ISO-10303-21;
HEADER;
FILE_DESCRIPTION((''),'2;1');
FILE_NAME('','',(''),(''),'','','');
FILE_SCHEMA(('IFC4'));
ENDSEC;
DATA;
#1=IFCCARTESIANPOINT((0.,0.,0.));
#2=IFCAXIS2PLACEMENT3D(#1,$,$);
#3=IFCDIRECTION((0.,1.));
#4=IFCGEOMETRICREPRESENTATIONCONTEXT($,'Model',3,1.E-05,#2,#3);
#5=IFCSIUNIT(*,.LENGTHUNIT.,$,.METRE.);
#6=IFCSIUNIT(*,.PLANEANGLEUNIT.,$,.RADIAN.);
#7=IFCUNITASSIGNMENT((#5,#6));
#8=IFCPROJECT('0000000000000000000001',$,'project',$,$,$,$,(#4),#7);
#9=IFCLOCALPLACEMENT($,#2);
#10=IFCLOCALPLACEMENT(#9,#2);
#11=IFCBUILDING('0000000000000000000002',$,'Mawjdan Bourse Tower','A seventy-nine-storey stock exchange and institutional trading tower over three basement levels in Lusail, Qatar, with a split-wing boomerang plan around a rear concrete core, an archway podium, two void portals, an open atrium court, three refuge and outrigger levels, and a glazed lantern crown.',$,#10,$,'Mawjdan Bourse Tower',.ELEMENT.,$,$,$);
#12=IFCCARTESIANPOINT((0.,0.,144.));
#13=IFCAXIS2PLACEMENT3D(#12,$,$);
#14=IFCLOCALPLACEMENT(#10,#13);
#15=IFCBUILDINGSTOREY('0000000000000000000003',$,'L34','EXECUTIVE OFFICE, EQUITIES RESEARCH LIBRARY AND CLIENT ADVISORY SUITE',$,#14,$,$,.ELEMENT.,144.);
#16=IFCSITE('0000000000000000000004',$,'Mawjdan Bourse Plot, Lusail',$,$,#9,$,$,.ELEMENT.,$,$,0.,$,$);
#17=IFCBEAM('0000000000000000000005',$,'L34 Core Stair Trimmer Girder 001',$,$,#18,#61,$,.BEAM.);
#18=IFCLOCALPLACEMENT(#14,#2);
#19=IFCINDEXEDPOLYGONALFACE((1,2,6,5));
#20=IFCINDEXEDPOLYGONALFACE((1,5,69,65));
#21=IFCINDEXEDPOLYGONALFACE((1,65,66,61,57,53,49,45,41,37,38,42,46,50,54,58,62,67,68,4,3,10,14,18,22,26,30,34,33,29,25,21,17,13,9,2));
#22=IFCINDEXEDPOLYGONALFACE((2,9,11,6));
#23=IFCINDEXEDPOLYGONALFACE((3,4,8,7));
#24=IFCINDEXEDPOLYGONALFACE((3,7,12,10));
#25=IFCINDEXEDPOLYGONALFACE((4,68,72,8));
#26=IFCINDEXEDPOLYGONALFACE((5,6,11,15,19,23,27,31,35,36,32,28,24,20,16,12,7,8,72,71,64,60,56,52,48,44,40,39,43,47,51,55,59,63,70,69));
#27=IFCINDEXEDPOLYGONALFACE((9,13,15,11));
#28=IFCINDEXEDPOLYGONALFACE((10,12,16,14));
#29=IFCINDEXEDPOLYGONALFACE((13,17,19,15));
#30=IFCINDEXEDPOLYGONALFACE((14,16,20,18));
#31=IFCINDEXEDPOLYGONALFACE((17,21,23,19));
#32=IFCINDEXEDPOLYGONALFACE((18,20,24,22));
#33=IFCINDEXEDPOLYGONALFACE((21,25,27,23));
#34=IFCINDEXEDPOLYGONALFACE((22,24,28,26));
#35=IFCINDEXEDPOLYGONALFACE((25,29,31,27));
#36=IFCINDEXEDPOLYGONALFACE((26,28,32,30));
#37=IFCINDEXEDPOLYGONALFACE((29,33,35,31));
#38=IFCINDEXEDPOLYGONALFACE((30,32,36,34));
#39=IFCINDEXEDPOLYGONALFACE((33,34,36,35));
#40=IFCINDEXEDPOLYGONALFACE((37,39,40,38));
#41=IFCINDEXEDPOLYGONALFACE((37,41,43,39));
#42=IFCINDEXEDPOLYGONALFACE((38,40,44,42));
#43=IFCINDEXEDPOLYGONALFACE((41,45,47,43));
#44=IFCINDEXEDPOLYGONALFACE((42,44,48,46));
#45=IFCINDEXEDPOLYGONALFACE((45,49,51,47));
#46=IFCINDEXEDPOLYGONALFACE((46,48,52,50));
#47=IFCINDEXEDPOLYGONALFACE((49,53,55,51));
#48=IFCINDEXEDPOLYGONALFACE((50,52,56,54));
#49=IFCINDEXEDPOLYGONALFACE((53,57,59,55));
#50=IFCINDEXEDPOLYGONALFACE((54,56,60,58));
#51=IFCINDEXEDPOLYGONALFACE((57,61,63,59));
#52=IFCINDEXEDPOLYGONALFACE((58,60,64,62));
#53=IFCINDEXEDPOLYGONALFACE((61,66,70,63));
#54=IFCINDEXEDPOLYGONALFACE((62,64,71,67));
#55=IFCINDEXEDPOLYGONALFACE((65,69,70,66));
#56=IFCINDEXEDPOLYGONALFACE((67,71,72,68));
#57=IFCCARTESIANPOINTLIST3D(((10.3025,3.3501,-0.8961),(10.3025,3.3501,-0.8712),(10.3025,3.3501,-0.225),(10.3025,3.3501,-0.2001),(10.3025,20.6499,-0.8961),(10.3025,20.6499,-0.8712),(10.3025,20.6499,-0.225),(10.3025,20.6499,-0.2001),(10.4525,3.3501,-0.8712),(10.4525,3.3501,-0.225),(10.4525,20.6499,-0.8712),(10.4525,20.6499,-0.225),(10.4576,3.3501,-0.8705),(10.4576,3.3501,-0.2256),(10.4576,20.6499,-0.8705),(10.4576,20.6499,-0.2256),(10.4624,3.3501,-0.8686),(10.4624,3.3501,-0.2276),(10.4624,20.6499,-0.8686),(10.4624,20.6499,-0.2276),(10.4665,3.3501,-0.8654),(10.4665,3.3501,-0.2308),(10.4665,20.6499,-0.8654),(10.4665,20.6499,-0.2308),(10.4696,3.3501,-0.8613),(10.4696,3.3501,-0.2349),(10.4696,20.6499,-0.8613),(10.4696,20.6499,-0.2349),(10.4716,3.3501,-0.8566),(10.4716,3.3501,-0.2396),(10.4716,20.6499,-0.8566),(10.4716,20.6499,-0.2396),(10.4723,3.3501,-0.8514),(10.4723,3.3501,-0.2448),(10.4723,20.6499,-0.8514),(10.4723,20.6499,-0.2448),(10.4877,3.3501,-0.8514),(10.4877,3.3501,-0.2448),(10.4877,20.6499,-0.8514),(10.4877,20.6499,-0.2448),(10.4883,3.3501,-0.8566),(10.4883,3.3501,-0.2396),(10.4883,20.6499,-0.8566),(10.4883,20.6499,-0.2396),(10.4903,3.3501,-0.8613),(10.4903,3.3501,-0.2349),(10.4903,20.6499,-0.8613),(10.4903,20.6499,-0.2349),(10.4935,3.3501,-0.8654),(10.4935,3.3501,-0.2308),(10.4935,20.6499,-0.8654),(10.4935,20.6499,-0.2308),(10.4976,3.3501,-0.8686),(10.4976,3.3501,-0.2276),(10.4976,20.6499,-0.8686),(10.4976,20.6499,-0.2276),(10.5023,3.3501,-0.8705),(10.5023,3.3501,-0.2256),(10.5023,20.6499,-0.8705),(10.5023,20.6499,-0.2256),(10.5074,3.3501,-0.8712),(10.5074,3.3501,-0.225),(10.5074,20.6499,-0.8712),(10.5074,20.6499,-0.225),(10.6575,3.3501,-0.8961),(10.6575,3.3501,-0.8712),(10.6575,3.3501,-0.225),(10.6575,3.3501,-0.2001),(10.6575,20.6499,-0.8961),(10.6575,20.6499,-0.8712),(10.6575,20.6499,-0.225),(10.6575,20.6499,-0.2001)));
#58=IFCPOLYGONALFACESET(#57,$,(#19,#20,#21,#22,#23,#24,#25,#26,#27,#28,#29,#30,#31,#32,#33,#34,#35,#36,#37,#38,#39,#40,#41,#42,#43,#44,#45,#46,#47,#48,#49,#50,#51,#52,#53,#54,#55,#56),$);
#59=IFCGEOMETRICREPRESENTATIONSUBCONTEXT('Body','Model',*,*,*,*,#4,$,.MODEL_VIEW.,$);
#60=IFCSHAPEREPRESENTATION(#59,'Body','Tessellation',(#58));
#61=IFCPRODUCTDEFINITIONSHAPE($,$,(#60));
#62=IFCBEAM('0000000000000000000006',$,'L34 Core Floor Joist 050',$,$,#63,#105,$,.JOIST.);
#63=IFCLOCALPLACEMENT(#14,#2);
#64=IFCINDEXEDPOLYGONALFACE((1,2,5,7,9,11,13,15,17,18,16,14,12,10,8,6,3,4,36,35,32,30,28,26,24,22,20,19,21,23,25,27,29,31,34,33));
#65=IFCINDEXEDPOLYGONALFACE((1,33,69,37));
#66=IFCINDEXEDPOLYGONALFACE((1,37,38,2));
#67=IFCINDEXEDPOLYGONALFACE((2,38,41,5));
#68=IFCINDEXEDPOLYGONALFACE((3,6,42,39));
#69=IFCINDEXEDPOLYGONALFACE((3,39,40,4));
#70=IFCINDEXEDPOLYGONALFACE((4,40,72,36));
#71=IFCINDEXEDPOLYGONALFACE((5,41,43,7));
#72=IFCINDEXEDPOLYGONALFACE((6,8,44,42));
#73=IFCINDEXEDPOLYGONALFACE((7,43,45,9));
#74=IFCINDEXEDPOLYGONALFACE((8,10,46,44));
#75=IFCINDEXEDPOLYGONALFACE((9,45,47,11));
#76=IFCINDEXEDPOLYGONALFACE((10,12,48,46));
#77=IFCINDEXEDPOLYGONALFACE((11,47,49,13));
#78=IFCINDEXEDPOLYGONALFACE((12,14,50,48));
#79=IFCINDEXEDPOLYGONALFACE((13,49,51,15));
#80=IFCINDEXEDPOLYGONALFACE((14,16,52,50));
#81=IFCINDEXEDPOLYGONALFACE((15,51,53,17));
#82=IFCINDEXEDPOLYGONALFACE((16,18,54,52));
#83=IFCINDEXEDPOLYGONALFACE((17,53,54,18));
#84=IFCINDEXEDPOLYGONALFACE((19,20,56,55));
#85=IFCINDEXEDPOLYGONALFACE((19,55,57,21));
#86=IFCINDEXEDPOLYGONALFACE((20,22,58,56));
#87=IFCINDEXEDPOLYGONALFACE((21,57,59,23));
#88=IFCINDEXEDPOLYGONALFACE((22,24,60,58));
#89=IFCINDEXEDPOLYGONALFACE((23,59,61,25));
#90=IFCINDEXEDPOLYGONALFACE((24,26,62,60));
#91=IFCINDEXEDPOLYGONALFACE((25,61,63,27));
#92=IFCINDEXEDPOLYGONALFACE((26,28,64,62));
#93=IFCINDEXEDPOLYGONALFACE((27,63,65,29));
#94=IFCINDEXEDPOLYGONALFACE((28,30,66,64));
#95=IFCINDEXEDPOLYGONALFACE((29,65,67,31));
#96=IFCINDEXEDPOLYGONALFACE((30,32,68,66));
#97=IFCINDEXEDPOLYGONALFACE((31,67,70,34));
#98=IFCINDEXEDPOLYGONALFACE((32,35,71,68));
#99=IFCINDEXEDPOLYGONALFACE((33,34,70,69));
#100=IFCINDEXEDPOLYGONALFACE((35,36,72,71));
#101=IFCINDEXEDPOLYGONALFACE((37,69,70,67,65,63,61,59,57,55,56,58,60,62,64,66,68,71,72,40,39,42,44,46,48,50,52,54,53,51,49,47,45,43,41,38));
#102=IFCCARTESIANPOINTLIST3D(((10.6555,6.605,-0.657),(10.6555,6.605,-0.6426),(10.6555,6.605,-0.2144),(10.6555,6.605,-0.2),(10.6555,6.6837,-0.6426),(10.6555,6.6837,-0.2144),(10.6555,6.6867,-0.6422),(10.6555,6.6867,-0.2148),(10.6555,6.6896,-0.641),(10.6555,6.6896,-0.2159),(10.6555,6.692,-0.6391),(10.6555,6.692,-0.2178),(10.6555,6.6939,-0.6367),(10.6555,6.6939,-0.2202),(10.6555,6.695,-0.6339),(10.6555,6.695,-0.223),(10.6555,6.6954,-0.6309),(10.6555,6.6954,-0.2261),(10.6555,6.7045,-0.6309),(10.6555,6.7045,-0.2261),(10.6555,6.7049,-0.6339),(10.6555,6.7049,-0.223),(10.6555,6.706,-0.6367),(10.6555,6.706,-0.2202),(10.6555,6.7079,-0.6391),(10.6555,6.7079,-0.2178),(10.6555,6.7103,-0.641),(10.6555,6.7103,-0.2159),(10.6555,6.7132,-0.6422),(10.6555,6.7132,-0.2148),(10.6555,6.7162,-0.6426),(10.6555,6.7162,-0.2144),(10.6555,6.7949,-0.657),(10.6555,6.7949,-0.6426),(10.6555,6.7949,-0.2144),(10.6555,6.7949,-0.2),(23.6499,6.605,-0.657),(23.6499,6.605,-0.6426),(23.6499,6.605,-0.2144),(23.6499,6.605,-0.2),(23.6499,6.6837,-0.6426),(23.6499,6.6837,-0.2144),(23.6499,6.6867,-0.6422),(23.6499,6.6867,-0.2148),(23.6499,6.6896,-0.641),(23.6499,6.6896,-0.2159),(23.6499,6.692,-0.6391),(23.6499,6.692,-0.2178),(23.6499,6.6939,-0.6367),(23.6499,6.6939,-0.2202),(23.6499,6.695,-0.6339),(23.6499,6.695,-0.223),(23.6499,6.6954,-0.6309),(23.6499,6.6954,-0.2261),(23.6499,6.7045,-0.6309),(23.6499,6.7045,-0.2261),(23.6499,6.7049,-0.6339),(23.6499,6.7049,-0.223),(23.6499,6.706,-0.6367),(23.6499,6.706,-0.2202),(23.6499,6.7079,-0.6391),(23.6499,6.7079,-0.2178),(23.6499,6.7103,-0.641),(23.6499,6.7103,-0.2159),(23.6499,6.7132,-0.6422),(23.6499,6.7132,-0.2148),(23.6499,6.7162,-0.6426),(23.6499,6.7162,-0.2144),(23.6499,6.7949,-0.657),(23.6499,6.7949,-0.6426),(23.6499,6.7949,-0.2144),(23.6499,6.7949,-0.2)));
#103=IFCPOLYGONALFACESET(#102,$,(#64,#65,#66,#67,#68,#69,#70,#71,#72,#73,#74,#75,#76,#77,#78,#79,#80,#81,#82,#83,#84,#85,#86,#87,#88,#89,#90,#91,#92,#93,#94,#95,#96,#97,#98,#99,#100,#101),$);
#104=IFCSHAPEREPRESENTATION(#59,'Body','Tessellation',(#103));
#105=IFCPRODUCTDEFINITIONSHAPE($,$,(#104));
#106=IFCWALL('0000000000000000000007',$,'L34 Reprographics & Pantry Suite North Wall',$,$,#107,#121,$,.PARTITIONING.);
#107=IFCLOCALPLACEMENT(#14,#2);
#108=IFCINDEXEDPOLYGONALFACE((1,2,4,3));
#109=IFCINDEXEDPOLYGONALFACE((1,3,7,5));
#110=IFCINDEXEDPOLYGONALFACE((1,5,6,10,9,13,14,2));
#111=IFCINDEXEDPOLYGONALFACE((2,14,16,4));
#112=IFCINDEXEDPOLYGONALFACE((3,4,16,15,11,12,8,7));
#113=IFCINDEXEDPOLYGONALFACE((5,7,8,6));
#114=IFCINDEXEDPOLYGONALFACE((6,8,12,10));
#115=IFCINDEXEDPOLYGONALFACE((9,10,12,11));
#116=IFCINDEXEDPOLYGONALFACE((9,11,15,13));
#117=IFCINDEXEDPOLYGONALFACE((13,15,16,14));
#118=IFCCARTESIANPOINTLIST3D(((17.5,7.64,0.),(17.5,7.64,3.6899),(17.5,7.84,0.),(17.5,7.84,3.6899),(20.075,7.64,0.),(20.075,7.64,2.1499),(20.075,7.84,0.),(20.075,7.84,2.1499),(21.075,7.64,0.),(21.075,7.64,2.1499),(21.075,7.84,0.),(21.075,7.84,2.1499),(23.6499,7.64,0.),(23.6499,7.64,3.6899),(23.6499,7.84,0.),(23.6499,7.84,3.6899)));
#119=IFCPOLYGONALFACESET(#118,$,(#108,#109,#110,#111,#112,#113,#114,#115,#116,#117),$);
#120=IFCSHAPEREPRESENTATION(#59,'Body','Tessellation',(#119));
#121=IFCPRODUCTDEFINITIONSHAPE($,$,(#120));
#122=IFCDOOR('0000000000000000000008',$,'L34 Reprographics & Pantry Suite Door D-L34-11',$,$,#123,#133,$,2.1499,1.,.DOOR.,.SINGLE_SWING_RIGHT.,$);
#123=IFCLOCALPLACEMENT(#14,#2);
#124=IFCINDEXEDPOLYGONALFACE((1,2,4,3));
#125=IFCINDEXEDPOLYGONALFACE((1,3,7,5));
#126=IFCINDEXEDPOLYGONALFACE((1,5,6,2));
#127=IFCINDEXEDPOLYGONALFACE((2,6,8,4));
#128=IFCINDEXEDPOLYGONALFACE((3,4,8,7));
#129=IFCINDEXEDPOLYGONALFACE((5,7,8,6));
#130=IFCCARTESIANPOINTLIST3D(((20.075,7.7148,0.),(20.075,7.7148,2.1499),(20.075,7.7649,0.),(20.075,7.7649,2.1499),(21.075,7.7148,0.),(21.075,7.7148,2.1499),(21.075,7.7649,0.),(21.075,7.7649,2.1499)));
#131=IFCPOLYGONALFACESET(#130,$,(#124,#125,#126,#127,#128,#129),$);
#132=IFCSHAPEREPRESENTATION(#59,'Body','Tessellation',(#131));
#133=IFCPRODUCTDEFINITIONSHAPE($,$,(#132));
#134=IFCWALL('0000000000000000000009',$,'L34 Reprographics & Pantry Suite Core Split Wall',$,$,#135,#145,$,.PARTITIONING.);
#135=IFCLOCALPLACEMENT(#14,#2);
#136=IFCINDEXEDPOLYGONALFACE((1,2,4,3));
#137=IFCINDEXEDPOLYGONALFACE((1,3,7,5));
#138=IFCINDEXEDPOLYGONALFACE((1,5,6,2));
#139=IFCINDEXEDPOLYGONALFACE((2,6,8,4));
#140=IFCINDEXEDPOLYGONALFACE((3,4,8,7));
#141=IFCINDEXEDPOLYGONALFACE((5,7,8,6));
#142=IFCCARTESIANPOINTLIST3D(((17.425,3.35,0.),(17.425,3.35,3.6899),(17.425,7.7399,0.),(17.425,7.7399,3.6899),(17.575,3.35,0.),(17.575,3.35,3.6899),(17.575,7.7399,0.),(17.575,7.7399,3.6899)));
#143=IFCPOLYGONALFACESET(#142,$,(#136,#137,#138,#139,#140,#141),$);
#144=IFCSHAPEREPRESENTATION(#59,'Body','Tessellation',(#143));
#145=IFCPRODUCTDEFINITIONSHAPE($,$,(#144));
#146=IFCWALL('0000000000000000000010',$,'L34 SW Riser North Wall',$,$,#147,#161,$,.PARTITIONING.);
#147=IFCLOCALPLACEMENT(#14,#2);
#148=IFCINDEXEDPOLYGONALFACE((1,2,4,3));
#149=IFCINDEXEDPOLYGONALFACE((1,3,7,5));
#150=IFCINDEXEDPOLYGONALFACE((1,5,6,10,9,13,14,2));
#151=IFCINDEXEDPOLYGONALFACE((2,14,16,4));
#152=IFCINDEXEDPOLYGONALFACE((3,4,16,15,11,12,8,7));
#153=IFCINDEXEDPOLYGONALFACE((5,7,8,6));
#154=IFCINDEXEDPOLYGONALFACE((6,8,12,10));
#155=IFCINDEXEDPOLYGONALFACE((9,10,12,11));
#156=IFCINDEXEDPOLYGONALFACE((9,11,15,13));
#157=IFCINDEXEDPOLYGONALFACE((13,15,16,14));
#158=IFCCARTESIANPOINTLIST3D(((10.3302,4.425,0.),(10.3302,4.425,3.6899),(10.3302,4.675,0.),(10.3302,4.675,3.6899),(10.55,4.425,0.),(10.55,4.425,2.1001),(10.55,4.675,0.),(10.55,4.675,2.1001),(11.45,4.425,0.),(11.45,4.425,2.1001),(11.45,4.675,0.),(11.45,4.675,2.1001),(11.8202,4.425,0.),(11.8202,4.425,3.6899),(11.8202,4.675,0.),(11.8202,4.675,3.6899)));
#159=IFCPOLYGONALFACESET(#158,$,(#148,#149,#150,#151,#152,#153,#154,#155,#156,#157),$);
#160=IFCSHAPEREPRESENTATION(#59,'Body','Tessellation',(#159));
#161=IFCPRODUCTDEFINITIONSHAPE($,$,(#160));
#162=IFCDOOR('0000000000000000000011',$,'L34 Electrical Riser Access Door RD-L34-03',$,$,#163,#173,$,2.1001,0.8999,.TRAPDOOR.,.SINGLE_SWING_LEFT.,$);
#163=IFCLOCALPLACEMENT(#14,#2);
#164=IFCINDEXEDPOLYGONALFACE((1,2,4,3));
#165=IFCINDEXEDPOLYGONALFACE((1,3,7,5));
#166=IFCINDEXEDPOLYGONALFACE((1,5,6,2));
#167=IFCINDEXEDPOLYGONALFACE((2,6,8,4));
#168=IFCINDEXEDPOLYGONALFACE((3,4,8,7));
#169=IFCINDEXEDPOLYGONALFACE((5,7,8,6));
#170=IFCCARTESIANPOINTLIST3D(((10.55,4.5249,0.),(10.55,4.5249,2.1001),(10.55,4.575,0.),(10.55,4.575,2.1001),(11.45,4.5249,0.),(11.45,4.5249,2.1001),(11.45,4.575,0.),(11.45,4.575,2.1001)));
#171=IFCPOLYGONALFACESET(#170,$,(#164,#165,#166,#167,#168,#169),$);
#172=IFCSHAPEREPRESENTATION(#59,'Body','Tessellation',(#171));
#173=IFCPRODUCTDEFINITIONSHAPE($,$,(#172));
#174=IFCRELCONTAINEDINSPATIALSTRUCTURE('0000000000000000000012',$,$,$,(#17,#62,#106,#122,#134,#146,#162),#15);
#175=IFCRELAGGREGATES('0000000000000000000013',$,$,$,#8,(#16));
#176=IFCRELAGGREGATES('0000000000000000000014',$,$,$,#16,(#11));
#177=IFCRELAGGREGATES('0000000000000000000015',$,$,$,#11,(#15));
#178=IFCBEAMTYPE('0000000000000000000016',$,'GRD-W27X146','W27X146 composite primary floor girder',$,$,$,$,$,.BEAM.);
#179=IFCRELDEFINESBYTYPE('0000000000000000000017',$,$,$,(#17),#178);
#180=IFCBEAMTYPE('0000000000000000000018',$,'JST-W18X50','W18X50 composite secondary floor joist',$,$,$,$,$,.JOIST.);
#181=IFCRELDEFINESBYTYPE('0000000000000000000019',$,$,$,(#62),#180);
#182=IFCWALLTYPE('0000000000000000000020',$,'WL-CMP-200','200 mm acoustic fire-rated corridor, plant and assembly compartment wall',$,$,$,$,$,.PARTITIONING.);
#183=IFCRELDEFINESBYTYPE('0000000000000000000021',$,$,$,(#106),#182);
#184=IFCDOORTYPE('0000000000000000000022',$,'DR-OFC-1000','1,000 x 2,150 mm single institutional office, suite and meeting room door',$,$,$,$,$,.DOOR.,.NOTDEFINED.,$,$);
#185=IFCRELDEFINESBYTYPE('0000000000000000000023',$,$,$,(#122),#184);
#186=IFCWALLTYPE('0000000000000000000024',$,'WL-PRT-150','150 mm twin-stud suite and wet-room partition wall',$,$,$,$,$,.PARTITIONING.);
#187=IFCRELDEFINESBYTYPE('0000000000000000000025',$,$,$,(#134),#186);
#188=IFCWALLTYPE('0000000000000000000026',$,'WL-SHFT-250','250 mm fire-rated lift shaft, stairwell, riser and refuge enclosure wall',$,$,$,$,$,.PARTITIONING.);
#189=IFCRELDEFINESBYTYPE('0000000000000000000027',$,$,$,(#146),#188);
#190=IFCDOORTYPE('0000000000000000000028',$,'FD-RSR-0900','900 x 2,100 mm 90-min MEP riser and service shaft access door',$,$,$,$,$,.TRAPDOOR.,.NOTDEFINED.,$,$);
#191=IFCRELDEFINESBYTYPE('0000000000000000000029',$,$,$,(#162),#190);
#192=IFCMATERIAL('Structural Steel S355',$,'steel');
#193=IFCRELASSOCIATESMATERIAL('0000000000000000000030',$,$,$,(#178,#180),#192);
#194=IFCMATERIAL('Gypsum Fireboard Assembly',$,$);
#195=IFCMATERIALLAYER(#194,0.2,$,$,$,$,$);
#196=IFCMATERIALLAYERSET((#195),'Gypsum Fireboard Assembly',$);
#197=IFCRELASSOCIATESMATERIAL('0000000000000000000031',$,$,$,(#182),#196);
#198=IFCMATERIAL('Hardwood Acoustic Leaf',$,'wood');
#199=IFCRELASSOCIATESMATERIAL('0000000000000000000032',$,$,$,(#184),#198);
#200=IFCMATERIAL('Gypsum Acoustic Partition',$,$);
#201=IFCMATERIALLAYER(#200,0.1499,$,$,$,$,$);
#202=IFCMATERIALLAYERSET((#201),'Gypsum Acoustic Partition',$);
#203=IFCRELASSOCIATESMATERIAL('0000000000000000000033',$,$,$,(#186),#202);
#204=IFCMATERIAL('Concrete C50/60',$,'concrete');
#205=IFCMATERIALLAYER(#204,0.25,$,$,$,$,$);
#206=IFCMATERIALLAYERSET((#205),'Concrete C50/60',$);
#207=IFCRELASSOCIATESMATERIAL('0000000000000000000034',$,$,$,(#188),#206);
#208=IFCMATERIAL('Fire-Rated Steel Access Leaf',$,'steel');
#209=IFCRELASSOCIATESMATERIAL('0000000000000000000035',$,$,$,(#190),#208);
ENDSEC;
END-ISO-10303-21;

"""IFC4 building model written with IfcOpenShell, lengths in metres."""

from ifc_helpers import new_model, si_unit, direction, frame, frame_2d, origin, origin_2d, place, context, subcontext, project, spatial, rectangle, i_section, extrude, material, layer, layer_set, material_profile, profile_set, type_object, element, fill, save


model = new_model("IFC4")

# Units and contexts
model_context = context("Model", 3, precision=1e-05, world=origin(), true_north=direction((0.0, 1.0)))
body_context = subcontext(model_context, "Body", "Model", "MODEL_VIEW")
ifc_project = project(units=[si_unit("LENGTHUNIT", "METRE"), si_unit("PLANEANGLEUNIT", "RADIAN")], contexts=[model_context])

# Site, building, storey
site_placement = place(None, origin())
site = spatial("IfcSite", under=ifc_project, at=site_placement, Name="Mawjdan Bourse Plot, Lusail", CompositionType="ELEMENT", RefElevation=0.0)
building_placement = place(site_placement, origin())
building = spatial("IfcBuilding", under=site, at=building_placement, Name="Mawjdan Bourse Tower", Description="A seventy-nine-storey stock exchange and institutional trading tower over three basement levels in Lusail, Qatar, with a split-wing boomerang plan around a rear concrete core, an archway podium, two void portals, an open atrium court, three refuge and outrigger levels, and a glazed lantern crown.", LongName="Mawjdan Bourse Tower", CompositionType="ELEMENT")
storey_placement = place(building_placement, frame((0.0, 0.0, 144.0)))
storey = spatial("IfcBuildingStorey", under=building, at=storey_placement, Name="L34", Description="EXECUTIVE OFFICE, EQUITIES RESEARCH LIBRARY AND CLIENT ADVISORY SUITE", CompositionType="ELEMENT", Elevation=144.0)

# Beams
ifc_material_1 = material(Name="Structural Steel S355", Category="steel")
ifc_material_profile_1 = material_profile(ifc_material_1, i_section(OverallWidth=0.355, OverallDepth=0.696, WebThickness=0.0154, FlangeThickness=0.0249, FilletRadius=0.0198, at=origin_2d()), Name="W27X146")
ifc_profile_set_1 = profile_set([ifc_material_profile_1], Name="Structural Steel S355")
beam_type_1 = type_object("IfcBeamType", Name="GRD-W27X146", Description="W27X146 composite primary floor girder", PredefinedType="BEAM", material=ifc_profile_set_1)
beam_1_placement = place(storey_placement, frame((10.48, 3.3501, -0.5481), z_axis=(0.0, 1.0, 0.0), x_axis=(-1.0, 0.0, 0.0)))
element("IfcBeam", 1, at=beam_1_placement, inside=storey, type_object=beam_type_1, Name="L34 Core Stair Trimmer Girder 001", PredefinedType="BEAM", context=body_context, shape_type="SweptSolid", body=[
    extrude(i_section(OverallWidth=0.355, OverallDepth=0.696, WebThickness=0.0154, FlangeThickness=0.0249, FilletRadius=0.0198, at=origin_2d()), origin(), (0.0, 0.0, 1.0), 17.2998),
])
ifc_material_profile_2 = material_profile(ifc_material_1, i_section(OverallWidth=0.1899, OverallDepth=0.457, WebThickness=0.009, FlangeThickness=0.0144, FilletRadius=0.0117, at=origin_2d()), Name="W18X50")
ifc_profile_set_2 = profile_set([ifc_material_profile_2], Name="Structural Steel S355")
beam_type_2 = type_object("IfcBeamType", Name="JST-W18X50", Description="W18X50 composite secondary floor joist", PredefinedType="JOIST", material=ifc_profile_set_2)
beam_2_placement = place(storey_placement, frame((10.6555, 6.7, -0.4285), z_axis=(1.0, 0.0, 0.0), x_axis=(0.0, 1.0, 0.0)))
element("IfcBeam", 2, at=beam_2_placement, inside=storey, type_object=beam_type_2, Name="L34 Core Floor Joist 050", PredefinedType="JOIST", context=body_context, shape_type="SweptSolid", body=[
    extrude(i_section(OverallWidth=0.1899, OverallDepth=0.457, WebThickness=0.009, FlangeThickness=0.0144, FilletRadius=0.0117, at=origin_2d()), origin(), (0.0, 0.0, 1.0), 12.9944),
])

# Wall, opening, door
ifc_material_2 = material(Name="Gypsum Fireboard Assembly")
ifc_layer_1 = layer(ifc_material_2, 0.2)
ifc_layer_set_1 = layer_set([ifc_layer_1], Name="Gypsum Fireboard Assembly")
wall_type_1 = type_object("IfcWallType", Name="WL-CMP-200", Description="200 mm acoustic fire-rated corridor, plant and assembly compartment wall", PredefinedType="PARTITIONING", material=ifc_layer_set_1)
ifc_material_3 = material(Name="Hardwood Acoustic Leaf", Category="wood")
door_type_1 = type_object("IfcDoorType", Name="DR-OFC-1000", Description="1,000 x 2,150 mm single institutional office, suite and meeting room door", OperationType="NOTDEFINED", PredefinedType="DOOR", material=ifc_material_3)
wall_1_placement = place(storey_placement, frame((17.5, 7.74, 0.0), z_axis=(0.0, 0.0, 1.0), x_axis=(1.0, 0.0, 0.0)))
wall_1 = element("IfcWall", 3, at=wall_1_placement, inside=storey, type_object=wall_type_1, Name="L34 Reprographics & Pantry Suite North Wall", PredefinedType="PARTITIONING", context=body_context, shape_type="SweptSolid", body=[
    extrude(rectangle(XDim=6.1499, YDim=0.2, at=frame_2d((3.075, 0.0))), origin(), (0.0, 0.0, 1.0), 3.6899),
])
opening_1_placement = place(wall_1_placement, frame((2.575, 0.0, 0.0)))
opening_1 = element("IfcOpeningElement", 4, at=opening_1_placement, cuts=wall_1, PredefinedType="OPENING", context=body_context, shape_type="SweptSolid", body=[
    extrude(rectangle(XDim=1.0, YDim=2.1499, at=frame_2d((0.5, 1.075))), frame((0.0, 0.1099, 0.0), z_axis=(0.0, -1.0, 0.0), x_axis=(1.0, 0.0, 0.0)), (0.0, 0.0, 1.0), 0.22),
])
door_1_placement = place(opening_1_placement, origin())
door_1 = element("IfcDoor", 5, at=door_1_placement, inside=storey, type_object=door_type_1, Name="L34 Reprographics & Pantry Suite Door D-L34-11", OperationType="SINGLE_SWING_RIGHT", OverallHeight=2.1499, OverallWidth=1.0, PredefinedType="DOOR", context=body_context, shape_type="SweptSolid", body=[
    extrude(rectangle(XDim=1.0, YDim=2.1499, at=frame_2d((0.5, 1.075))), frame((0.0, 0.0249, 0.0), z_axis=(0.0, -1.0, 0.0), x_axis=(1.0, 0.0, 0.0)), (0.0, 0.0, 1.0), 0.05),
])
fill(opening_1, door_1)

# Wall
ifc_material_4 = material(Name="Gypsum Acoustic Partition")
ifc_layer_2 = layer(ifc_material_4, 0.1499)
ifc_layer_set_2 = layer_set([ifc_layer_2], Name="Gypsum Acoustic Partition")
wall_type_2 = type_object("IfcWallType", Name="WL-PRT-150", Description="150 mm twin-stud suite and wet-room partition wall", PredefinedType="PARTITIONING", material=ifc_layer_set_2)
wall_2_placement = place(storey_placement, frame((17.5, 3.3501, 0.0), z_axis=(0.0, 0.0, 1.0), x_axis=(0.0, 1.0, 0.0)))
element("IfcWall", 6, at=wall_2_placement, inside=storey, type_object=wall_type_2, Name="L34 Reprographics & Pantry Suite Core Split Wall", PredefinedType="PARTITIONING", context=body_context, shape_type="SweptSolid", body=[
    extrude(rectangle(XDim=4.3899, YDim=0.1499, at=frame_2d((2.1948, 0.0))), origin(), (0.0, 0.0, 1.0), 3.6899),
])

# Wall, opening, door
ifc_material_5 = material(Name="Concrete C50/60", Category="concrete")
ifc_layer_3 = layer(ifc_material_5, 0.25)
ifc_layer_set_3 = layer_set([ifc_layer_3], Name="Concrete C50/60")
wall_type_3 = type_object("IfcWallType", Name="WL-SHFT-250", Description="250 mm fire-rated lift shaft, stairwell, riser and refuge enclosure wall", PredefinedType="PARTITIONING", material=ifc_layer_set_3)
wall_3_placement = place(storey_placement, frame((10.3301, 4.55, 0.0), z_axis=(0.0, 0.0, 1.0), x_axis=(1.0, 0.0, 0.0)))
wall_3 = element("IfcWall", 7, at=wall_3_placement, inside=storey, type_object=wall_type_3, Name="L34 SW Riser North Wall", PredefinedType="PARTITIONING", context=body_context, shape_type="SweptSolid", body=[
    extrude(rectangle(XDim=1.49, YDim=0.25, at=frame_2d((0.7451, 0.0))), origin(), (0.0, 0.0, 1.0), 3.6899),
])
opening_2_placement = place(wall_3_placement, frame((0.22, 0.0, 0.0)))
opening_2 = element("IfcOpeningElement", 8, at=opening_2_placement, cuts=wall_3, PredefinedType="OPENING", context=body_context, shape_type="SweptSolid", body=[
    extrude(rectangle(XDim=0.8999, YDim=2.1001, at=frame_2d((0.45, 1.05))), frame((0.0, 0.135, 0.0), z_axis=(0.0, -1.0, 0.0), x_axis=(1.0, 0.0, 0.0)), (0.0, 0.0, 1.0), 0.27),
])
ifc_material_6 = material(Name="Fire-Rated Steel Access Leaf", Category="steel")
door_type_2 = type_object("IfcDoorType", Name="FD-RSR-0900", Description="900 x 2,100 mm 90-min MEP riser and service shaft access door", OperationType="NOTDEFINED", PredefinedType="TRAPDOOR", material=ifc_material_6)
door_2_placement = place(opening_2_placement, origin())
door_2 = element("IfcDoor", 9, at=door_2_placement, inside=storey, type_object=door_type_2, Name="L34 Electrical Riser Access Door RD-L34-03", OperationType="SINGLE_SWING_LEFT", OverallHeight=2.1001, OverallWidth=0.8999, PredefinedType="TRAPDOOR", context=body_context, shape_type="SweptSolid", body=[
    extrude(rectangle(XDim=0.8999, YDim=2.1001, at=frame_2d((0.45, 1.05))), frame((0.0, 0.0249, 0.0), z_axis=(0.0, -1.0, 0.0), x_axis=(1.0, 0.0, 0.0)), (0.0, 0.0, 1.0), 0.05),
])
fill(opening_2, door_2)

save(model, "model.ifc")
